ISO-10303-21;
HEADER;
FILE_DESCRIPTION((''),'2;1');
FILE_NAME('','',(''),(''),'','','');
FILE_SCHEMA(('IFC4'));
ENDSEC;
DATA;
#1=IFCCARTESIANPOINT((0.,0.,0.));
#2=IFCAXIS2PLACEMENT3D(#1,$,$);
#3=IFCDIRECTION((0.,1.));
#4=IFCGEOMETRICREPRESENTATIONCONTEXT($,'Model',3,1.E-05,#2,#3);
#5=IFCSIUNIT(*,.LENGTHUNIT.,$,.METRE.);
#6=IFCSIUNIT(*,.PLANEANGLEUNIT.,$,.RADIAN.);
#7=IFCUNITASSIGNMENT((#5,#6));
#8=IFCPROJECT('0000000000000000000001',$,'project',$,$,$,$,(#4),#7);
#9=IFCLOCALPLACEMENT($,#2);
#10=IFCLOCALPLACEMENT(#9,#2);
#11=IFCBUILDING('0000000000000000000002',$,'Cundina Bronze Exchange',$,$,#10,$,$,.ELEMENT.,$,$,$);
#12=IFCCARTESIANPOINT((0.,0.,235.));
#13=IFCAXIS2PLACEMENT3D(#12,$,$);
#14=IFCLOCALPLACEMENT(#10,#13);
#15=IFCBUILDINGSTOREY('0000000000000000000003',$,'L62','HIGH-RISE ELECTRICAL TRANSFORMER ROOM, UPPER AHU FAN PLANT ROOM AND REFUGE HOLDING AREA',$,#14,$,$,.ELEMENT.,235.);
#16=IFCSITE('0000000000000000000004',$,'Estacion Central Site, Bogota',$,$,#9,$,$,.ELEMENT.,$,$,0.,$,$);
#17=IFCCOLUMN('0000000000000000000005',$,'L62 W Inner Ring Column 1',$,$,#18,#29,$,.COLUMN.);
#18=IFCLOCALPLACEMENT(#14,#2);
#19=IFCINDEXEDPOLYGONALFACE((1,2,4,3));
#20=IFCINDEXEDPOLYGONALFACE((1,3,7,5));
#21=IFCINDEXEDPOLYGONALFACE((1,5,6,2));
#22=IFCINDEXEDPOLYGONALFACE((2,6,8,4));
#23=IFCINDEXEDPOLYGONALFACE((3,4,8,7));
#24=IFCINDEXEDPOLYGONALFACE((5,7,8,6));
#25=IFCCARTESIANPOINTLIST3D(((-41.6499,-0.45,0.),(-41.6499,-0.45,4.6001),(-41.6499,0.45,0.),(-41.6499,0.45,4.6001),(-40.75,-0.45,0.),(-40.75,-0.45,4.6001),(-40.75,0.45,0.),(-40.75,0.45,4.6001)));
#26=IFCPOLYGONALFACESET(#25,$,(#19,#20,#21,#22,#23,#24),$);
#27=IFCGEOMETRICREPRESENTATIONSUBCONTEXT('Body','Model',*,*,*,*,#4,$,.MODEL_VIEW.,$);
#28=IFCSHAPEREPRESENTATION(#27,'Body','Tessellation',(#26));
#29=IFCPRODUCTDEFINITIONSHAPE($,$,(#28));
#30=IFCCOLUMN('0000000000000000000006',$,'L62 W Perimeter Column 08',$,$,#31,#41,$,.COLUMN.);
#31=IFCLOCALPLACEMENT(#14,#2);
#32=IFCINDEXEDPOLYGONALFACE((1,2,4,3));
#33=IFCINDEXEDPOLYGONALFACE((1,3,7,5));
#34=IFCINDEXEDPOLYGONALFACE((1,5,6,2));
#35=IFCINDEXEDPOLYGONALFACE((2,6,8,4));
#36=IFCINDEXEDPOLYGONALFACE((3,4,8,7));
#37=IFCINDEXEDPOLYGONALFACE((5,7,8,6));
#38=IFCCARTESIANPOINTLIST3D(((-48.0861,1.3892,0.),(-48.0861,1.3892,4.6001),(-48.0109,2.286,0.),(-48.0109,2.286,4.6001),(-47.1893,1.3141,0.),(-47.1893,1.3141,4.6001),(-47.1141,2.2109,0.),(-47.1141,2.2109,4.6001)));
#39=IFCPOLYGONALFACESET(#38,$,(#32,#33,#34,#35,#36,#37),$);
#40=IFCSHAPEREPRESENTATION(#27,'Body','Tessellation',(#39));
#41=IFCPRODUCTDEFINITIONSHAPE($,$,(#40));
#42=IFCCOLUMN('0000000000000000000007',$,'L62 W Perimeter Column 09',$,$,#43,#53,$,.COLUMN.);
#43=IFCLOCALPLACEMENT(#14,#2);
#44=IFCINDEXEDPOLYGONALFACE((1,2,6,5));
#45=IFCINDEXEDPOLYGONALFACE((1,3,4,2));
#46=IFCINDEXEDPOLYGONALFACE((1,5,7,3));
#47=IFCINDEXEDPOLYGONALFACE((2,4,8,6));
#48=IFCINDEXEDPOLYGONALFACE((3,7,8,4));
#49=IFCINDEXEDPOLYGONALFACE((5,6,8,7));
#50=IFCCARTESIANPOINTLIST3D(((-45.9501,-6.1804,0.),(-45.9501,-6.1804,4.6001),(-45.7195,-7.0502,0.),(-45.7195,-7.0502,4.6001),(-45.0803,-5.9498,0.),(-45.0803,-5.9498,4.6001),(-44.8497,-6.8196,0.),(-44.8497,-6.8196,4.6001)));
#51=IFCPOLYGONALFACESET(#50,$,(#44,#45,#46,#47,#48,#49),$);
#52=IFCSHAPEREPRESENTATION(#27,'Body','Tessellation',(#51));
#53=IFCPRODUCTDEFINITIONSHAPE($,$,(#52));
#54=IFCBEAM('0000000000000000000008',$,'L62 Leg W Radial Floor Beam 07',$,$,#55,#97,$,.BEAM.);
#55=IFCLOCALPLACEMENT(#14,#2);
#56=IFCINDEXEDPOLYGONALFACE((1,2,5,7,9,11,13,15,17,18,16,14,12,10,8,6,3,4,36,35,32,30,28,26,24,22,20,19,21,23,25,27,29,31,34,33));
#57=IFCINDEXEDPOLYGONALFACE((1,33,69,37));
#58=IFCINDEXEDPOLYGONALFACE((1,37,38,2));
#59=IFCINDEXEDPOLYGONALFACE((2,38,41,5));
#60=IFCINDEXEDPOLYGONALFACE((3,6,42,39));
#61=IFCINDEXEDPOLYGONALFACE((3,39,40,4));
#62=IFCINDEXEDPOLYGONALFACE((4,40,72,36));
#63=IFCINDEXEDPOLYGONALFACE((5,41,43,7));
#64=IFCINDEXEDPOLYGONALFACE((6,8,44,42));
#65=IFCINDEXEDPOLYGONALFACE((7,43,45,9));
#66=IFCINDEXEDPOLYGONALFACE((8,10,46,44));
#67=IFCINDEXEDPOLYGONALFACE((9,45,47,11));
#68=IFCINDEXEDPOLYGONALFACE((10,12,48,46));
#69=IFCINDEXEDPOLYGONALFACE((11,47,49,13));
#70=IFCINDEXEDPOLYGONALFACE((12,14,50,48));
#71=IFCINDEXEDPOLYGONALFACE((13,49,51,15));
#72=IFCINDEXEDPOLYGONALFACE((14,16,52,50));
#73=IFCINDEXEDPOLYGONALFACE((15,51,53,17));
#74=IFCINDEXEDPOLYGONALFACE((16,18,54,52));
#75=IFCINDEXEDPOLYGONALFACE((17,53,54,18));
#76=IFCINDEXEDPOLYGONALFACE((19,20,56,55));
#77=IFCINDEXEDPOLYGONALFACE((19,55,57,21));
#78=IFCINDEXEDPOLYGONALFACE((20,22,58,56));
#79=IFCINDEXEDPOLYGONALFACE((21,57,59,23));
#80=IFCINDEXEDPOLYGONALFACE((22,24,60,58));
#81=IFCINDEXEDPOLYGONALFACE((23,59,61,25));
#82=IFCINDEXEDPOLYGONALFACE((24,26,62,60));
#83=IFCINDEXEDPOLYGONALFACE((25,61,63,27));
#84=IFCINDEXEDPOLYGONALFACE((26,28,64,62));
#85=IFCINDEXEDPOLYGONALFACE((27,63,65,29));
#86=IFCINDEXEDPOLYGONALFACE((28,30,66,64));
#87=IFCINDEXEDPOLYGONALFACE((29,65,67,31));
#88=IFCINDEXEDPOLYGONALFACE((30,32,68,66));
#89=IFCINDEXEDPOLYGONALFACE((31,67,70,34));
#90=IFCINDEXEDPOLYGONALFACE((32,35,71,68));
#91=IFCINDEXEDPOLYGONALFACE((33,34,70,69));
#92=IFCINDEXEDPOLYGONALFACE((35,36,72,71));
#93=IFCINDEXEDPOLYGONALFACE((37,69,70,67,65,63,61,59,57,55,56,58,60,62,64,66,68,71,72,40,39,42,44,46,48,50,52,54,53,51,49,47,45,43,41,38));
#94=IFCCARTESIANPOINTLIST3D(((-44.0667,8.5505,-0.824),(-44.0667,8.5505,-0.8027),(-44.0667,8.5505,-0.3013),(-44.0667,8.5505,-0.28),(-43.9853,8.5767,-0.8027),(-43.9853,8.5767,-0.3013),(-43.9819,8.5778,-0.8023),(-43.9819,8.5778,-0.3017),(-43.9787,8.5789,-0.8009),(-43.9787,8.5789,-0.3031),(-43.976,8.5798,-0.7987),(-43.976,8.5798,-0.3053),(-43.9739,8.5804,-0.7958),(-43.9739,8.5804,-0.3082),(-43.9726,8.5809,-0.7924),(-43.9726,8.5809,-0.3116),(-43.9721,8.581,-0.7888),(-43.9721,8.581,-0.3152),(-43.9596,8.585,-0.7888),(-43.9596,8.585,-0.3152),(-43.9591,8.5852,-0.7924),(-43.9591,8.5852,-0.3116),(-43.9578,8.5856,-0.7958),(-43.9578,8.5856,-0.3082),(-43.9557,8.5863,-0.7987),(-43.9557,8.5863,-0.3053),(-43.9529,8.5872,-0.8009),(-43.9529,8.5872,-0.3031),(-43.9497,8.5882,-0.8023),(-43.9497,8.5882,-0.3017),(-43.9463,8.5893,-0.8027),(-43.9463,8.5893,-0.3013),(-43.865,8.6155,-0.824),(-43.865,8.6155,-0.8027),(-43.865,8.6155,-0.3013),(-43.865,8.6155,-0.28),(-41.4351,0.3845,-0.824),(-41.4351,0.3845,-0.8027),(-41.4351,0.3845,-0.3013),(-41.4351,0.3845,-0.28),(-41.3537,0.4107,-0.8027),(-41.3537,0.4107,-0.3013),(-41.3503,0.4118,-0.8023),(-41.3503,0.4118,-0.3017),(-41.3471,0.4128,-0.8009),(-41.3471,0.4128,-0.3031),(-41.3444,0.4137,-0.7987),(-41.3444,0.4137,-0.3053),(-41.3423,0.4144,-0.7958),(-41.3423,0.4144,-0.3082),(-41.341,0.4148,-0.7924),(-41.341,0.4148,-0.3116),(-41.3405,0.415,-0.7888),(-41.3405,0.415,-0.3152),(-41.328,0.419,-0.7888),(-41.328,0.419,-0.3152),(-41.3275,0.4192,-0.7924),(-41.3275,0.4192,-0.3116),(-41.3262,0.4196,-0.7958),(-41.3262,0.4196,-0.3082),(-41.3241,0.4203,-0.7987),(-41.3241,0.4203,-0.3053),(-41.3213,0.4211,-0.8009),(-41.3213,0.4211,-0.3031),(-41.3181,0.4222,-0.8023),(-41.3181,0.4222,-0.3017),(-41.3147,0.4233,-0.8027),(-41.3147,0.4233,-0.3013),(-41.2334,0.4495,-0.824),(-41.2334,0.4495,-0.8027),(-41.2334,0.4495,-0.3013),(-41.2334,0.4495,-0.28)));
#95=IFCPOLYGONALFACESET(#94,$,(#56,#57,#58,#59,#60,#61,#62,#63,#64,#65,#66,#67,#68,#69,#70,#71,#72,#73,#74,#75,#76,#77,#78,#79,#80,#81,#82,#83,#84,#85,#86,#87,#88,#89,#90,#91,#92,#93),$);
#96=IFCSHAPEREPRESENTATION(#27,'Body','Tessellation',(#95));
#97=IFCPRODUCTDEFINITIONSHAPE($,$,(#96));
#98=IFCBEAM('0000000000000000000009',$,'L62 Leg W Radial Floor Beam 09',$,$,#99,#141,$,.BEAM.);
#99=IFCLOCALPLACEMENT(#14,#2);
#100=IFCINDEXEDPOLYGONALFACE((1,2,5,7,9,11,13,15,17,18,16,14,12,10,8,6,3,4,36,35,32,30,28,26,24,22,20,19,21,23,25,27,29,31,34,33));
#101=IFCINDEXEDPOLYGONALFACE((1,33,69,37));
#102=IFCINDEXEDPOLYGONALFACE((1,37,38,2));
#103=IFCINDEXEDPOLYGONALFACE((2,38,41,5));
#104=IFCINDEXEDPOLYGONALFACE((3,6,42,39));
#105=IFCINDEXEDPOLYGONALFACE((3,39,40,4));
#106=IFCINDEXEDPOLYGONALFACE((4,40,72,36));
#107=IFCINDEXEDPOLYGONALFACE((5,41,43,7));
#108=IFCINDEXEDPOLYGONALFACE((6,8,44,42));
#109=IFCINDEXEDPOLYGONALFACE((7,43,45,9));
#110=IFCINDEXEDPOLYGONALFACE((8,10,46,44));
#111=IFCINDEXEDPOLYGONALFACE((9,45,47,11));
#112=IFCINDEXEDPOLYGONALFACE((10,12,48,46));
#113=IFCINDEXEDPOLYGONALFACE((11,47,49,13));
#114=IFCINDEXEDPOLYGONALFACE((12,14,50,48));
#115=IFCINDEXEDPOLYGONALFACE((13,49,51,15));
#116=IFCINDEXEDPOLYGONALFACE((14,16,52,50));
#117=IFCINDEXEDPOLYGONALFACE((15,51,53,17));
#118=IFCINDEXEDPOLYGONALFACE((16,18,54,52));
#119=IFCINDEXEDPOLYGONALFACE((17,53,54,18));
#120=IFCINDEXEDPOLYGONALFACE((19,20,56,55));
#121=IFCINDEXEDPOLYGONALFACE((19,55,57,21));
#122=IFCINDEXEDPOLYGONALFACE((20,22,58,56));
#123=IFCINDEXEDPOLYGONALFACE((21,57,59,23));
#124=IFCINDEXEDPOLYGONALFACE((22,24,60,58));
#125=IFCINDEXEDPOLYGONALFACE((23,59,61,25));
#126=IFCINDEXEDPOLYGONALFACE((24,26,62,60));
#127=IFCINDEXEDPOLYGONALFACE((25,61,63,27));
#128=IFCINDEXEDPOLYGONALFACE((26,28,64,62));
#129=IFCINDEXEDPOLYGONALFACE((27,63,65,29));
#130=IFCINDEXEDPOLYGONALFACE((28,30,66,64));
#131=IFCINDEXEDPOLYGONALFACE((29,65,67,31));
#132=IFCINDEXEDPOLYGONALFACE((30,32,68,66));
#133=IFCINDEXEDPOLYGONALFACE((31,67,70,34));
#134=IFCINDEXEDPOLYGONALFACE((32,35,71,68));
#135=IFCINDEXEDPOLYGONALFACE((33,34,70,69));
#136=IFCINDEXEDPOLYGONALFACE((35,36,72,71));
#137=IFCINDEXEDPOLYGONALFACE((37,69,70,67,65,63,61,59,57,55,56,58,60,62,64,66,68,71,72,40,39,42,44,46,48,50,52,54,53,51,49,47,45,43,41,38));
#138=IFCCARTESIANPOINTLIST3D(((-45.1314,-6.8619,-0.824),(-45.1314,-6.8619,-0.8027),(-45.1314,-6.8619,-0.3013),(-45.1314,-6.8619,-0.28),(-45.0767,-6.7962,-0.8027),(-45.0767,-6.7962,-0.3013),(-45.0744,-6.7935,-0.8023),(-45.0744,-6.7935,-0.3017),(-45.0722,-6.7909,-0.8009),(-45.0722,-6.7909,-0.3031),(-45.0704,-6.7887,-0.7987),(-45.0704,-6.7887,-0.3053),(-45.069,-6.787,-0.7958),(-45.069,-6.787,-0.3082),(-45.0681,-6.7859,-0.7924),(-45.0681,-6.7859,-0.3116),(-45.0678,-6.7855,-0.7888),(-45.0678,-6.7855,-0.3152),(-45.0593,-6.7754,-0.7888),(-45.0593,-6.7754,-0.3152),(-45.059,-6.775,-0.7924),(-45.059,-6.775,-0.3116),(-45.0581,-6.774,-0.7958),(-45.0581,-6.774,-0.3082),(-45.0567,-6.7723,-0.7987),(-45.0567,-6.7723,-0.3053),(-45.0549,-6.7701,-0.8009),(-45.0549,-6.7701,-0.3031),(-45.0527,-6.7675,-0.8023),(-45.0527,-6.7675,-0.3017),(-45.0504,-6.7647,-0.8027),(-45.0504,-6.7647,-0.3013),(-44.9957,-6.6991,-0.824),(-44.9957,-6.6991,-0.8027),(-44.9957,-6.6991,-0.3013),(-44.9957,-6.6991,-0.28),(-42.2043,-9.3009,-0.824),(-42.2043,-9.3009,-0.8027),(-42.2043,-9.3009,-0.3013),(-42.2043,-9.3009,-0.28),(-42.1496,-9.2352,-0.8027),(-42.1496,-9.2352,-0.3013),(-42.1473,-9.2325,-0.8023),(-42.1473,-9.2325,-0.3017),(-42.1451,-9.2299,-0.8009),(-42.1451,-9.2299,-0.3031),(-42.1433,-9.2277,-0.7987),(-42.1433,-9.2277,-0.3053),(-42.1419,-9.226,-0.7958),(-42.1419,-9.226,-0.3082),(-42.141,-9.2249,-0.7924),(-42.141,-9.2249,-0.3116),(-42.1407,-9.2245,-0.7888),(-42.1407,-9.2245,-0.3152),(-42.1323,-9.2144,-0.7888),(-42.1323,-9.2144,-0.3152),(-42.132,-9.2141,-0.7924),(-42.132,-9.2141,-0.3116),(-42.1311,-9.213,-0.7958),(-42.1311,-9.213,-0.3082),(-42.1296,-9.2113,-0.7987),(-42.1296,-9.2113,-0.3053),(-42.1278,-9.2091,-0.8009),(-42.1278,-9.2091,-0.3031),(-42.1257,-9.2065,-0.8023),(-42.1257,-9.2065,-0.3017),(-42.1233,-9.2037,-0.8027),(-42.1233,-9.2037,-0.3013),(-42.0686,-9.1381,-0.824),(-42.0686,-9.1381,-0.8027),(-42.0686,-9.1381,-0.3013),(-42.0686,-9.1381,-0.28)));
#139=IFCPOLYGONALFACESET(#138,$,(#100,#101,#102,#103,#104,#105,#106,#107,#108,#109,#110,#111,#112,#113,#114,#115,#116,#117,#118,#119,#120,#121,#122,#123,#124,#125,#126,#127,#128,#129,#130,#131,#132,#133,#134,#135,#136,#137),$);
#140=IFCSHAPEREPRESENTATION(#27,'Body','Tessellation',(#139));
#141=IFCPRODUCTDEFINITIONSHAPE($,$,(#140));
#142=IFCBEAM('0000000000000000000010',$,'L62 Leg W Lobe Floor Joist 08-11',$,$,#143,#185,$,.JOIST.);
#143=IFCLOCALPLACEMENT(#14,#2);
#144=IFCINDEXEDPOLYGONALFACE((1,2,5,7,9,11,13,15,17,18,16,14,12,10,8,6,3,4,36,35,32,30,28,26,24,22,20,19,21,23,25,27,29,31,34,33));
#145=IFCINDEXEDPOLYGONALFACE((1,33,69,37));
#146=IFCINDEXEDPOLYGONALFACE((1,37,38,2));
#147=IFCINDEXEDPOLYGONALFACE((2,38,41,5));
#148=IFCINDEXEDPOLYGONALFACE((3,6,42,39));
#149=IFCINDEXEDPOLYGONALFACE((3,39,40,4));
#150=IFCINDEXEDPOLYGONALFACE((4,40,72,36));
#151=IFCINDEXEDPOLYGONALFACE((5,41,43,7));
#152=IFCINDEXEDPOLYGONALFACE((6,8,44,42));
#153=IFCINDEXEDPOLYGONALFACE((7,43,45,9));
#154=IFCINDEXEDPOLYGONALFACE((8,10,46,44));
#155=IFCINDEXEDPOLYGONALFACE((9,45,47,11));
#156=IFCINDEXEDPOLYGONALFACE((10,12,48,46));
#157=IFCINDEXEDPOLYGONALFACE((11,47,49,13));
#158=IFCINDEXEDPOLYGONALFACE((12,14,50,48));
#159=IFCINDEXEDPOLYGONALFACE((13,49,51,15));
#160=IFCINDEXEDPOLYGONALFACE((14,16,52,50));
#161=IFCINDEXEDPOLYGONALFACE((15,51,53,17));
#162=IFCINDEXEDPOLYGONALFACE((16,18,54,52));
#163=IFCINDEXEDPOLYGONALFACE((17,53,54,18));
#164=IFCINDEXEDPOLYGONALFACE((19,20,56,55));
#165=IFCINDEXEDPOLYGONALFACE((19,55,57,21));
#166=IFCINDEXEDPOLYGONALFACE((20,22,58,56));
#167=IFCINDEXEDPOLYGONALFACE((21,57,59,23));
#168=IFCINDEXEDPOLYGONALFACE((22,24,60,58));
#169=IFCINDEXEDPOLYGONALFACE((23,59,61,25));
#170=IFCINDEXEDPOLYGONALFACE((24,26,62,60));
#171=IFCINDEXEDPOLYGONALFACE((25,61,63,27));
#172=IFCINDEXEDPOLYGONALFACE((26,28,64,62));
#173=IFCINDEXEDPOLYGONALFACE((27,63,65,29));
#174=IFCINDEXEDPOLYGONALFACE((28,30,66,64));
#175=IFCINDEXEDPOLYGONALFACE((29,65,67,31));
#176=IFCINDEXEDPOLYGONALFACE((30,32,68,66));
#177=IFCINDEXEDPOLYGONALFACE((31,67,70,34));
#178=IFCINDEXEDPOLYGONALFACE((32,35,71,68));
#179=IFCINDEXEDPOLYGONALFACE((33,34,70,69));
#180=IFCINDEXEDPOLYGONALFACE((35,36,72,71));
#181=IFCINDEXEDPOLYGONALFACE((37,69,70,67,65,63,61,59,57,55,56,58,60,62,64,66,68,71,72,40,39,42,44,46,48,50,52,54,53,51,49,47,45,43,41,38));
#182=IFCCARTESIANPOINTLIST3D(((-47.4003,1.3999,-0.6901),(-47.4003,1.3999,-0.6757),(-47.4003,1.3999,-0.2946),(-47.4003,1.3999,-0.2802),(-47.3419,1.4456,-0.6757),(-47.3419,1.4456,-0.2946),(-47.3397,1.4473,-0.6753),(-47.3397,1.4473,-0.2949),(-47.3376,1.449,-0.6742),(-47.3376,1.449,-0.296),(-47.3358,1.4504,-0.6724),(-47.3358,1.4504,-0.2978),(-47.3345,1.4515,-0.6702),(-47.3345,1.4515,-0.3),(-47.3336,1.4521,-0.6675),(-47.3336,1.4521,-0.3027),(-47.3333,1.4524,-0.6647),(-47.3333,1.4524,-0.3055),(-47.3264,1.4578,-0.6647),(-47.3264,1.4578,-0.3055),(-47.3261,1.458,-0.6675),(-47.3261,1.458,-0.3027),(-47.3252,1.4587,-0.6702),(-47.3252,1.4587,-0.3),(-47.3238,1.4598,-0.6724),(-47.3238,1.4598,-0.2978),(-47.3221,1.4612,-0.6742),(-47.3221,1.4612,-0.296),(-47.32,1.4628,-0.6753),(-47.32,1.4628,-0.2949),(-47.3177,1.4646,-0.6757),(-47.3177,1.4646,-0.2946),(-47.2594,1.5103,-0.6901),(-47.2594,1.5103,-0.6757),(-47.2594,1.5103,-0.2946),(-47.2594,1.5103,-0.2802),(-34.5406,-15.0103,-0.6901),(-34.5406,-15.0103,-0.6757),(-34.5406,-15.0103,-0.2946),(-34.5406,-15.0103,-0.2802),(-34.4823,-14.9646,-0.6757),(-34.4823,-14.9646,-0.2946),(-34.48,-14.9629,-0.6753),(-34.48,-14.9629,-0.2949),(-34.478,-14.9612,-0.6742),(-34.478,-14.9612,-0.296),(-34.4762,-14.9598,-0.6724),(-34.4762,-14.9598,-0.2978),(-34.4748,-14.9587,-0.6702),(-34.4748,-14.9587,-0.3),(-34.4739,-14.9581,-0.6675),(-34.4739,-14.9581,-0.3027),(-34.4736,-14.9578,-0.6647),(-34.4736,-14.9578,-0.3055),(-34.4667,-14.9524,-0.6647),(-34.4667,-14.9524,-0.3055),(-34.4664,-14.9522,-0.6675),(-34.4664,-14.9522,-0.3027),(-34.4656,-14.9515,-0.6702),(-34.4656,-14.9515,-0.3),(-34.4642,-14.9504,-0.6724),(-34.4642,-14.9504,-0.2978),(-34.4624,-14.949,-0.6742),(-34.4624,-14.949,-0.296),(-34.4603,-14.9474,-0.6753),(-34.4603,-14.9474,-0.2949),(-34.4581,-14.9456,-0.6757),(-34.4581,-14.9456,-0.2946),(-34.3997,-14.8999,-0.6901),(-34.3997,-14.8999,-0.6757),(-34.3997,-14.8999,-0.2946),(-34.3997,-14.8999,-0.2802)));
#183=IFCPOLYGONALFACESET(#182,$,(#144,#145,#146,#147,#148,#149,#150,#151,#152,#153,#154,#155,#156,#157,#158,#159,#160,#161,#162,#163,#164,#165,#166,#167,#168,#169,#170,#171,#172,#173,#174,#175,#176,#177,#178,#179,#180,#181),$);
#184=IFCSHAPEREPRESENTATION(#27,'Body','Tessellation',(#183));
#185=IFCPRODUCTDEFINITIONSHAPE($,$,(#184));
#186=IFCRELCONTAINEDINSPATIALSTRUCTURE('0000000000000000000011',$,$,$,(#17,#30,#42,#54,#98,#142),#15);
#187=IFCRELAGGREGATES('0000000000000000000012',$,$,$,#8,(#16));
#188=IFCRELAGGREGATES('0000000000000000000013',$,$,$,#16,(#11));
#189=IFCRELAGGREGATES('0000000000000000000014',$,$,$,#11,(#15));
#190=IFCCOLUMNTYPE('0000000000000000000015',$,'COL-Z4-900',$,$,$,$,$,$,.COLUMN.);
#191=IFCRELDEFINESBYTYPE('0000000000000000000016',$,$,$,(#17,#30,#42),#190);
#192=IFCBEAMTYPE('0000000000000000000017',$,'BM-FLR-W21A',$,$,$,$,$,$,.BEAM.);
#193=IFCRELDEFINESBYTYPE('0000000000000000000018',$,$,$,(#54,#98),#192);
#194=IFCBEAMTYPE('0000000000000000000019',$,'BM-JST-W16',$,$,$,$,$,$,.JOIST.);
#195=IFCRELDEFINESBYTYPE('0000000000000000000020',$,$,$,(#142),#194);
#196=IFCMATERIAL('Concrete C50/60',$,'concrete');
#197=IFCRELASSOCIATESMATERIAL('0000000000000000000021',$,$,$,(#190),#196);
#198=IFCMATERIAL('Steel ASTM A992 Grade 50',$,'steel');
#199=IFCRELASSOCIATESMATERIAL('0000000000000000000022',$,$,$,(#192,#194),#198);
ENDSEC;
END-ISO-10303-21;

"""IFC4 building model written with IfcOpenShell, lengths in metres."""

from ifc_helpers import new_model, si_unit, direction, frame, origin, origin_2d, place, context, subcontext, project, spatial, rectangle, i_section, extrude, material, material_profile, profile_set, type_object, element, save


model = new_model("IFC4")

# Units and contexts
model_context = context("Model", 3, precision=1e-05, world=origin(), true_north=direction((0.0, 1.0)))
body_context = subcontext(model_context, "Body", "Model", "MODEL_VIEW")
ifc_project = project(units=[si_unit("LENGTHUNIT", "METRE"), si_unit("PLANEANGLEUNIT", "RADIAN")], contexts=[model_context])

# Site, building, storey
site_placement = place(None, origin())
site = spatial("IfcSite", under=ifc_project, at=site_placement, Name="Estacion Central Site, Bogota", CompositionType="ELEMENT", RefElevation=0.0)
building_placement = place(site_placement, origin())
building = spatial("IfcBuilding", under=site, at=building_placement, Name="Cundina Bronze Exchange", CompositionType="ELEMENT")
storey_placement = place(building_placement, frame((0.0, 0.0, 235.0)))
storey = spatial("IfcBuildingStorey", under=building, at=storey_placement, Name="L62", Description="HIGH-RISE ELECTRICAL TRANSFORMER ROOM, UPPER AHU FAN PLANT ROOM AND REFUGE HOLDING AREA", CompositionType="ELEMENT", Elevation=235.0)

# Columns
ifc_material_1 = material(Name="Concrete C50/60", Category="concrete")
ifc_material_profile_1 = material_profile(ifc_material_1, rectangle(XDim=0.8999, YDim=0.8999, at=origin_2d()), Name="RC900X900", Category="concrete")
ifc_profile_set_1 = profile_set([ifc_material_profile_1], Name="Concrete C50/60")
column_type = type_object("IfcColumnType", Name="COL-Z4-900", PredefinedType="COLUMN", material=ifc_profile_set_1)
for number, where, z_axis, x_axis, name in (
    (1, (-41.2, 0.0, 0.0), (0.0, 0.0, 1.0), (1.0, 0.0, 0.0), "L62 W Inner Ring Column 1"),
    (2, (-47.6001, 1.8, 0.0), (0.0, 0.0, 1.0), (-0.083504, -0.996507, 0.0), "L62 W Perimeter Column 08"),
    (3, (-45.3999, -6.5, 0.0), (0.0, 0.0, 1.0), (0.256289, -0.9666, 0.0), "L62 W Perimeter Column 09"),
):
    element("IfcColumn", number, at=place(storey_placement, frame(where, z_axis=z_axis, x_axis=x_axis)), inside=storey, type_object=column_type, Name=name, PredefinedType="COLUMN", context=body_context, shape_type="SweptSolid", body=[
        extrude(rectangle(XDim=0.8999, YDim=0.8999, at=origin_2d()), origin(), (0.0, 0.0, 1.0), 4.6001),
    ])

# Beams
ifc_material_2 = material(Name="Steel ASTM A992 Grade 50", Category="steel")
ifc_material_profile_2 = material_profile(ifc_material_2, i_section(OverallWidth=0.2119, OverallDepth=0.5439, WebThickness=0.0132, FlangeThickness=0.0212, FilletRadius=0.0139, at=origin_2d()), Name="W21X83", Category="steel")
ifc_profile_set_2 = profile_set([ifc_material_profile_2], Name="Steel ASTM A992 Grade 50")
beam_type_1 = type_object("IfcBeamType", Name="BM-FLR-W21A", PredefinedType="BEAM", material=ifc_profile_set_2)
beam_1_placement = place(storey_placement, frame((-41.3342, 0.417, -0.552), z_axis=(-0.306728, 0.951797, 0.0), x_axis=(-0.951797, -0.306728, 0.0)))
element("IfcBeam", 4, at=beam_1_placement, inside=storey, type_object=beam_type_1, Name="L62 Leg W Radial Floor Beam 07", PredefinedType="BEAM", context=body_context, shape_type="SweptSolid", body=[
    extrude(i_section(OverallWidth=0.2119, OverallDepth=0.5439, WebThickness=0.0132, FlangeThickness=0.0212, FilletRadius=0.0139, at=origin_2d()), origin(), (0.0, 0.0, 1.0), 8.5796),
])
beam_2_placement = place(storey_placement, frame((-42.1365, -9.2195, -0.552), z_axis=(-0.768248, 0.640153, 0.0), x_axis=(-0.640153, -0.768248, 0.0)))
element("IfcBeam", 5, at=beam_2_placement, inside=storey, type_object=beam_type_1, Name="L62 Leg W Radial Floor Beam 09", PredefinedType="BEAM", context=body_context, shape_type="SweptSolid", body=[
    extrude(i_section(OverallWidth=0.2119, OverallDepth=0.5439, WebThickness=0.0132, FlangeThickness=0.0212, FilletRadius=0.0139, at=origin_2d()), origin(), (0.0, 0.0, 1.0), 3.8101),
])
ifc_material_profile_3 = material_profile(ifc_material_2, i_section(OverallWidth=0.179, OverallDepth=0.4099, WebThickness=0.0088, FlangeThickness=0.0144, FilletRadius=0.011, at=origin_2d()), Name="W16X45", Category="steel")
ifc_profile_set_3 = profile_set([ifc_material_profile_3], Name="Steel ASTM A992 Grade 50")
beam_type_2 = type_object("IfcBeamType", Name="BM-JST-W16", PredefinedType="JOIST", material=ifc_profile_set_3)
beam_3_placement = place(storey_placement, frame((-47.3298, 1.4551, -0.4851), z_axis=(0.61681, -0.787112, 0.0), x_axis=(0.787112, 0.61681, 0.0)))
element("IfcBeam", 6, at=beam_3_placement, inside=storey, type_object=beam_type_2, Name="L62 Leg W Lobe Floor Joist 08-11", PredefinedType="JOIST", context=body_context, shape_type="SweptSolid", body=[
    extrude(i_section(OverallWidth=0.179, OverallDepth=0.4099, WebThickness=0.0088, FlangeThickness=0.0144, FilletRadius=0.011, at=origin_2d()), origin(), (0.0, 0.0, 1.0), 20.8486),
])

save(model, "model.ifc")
